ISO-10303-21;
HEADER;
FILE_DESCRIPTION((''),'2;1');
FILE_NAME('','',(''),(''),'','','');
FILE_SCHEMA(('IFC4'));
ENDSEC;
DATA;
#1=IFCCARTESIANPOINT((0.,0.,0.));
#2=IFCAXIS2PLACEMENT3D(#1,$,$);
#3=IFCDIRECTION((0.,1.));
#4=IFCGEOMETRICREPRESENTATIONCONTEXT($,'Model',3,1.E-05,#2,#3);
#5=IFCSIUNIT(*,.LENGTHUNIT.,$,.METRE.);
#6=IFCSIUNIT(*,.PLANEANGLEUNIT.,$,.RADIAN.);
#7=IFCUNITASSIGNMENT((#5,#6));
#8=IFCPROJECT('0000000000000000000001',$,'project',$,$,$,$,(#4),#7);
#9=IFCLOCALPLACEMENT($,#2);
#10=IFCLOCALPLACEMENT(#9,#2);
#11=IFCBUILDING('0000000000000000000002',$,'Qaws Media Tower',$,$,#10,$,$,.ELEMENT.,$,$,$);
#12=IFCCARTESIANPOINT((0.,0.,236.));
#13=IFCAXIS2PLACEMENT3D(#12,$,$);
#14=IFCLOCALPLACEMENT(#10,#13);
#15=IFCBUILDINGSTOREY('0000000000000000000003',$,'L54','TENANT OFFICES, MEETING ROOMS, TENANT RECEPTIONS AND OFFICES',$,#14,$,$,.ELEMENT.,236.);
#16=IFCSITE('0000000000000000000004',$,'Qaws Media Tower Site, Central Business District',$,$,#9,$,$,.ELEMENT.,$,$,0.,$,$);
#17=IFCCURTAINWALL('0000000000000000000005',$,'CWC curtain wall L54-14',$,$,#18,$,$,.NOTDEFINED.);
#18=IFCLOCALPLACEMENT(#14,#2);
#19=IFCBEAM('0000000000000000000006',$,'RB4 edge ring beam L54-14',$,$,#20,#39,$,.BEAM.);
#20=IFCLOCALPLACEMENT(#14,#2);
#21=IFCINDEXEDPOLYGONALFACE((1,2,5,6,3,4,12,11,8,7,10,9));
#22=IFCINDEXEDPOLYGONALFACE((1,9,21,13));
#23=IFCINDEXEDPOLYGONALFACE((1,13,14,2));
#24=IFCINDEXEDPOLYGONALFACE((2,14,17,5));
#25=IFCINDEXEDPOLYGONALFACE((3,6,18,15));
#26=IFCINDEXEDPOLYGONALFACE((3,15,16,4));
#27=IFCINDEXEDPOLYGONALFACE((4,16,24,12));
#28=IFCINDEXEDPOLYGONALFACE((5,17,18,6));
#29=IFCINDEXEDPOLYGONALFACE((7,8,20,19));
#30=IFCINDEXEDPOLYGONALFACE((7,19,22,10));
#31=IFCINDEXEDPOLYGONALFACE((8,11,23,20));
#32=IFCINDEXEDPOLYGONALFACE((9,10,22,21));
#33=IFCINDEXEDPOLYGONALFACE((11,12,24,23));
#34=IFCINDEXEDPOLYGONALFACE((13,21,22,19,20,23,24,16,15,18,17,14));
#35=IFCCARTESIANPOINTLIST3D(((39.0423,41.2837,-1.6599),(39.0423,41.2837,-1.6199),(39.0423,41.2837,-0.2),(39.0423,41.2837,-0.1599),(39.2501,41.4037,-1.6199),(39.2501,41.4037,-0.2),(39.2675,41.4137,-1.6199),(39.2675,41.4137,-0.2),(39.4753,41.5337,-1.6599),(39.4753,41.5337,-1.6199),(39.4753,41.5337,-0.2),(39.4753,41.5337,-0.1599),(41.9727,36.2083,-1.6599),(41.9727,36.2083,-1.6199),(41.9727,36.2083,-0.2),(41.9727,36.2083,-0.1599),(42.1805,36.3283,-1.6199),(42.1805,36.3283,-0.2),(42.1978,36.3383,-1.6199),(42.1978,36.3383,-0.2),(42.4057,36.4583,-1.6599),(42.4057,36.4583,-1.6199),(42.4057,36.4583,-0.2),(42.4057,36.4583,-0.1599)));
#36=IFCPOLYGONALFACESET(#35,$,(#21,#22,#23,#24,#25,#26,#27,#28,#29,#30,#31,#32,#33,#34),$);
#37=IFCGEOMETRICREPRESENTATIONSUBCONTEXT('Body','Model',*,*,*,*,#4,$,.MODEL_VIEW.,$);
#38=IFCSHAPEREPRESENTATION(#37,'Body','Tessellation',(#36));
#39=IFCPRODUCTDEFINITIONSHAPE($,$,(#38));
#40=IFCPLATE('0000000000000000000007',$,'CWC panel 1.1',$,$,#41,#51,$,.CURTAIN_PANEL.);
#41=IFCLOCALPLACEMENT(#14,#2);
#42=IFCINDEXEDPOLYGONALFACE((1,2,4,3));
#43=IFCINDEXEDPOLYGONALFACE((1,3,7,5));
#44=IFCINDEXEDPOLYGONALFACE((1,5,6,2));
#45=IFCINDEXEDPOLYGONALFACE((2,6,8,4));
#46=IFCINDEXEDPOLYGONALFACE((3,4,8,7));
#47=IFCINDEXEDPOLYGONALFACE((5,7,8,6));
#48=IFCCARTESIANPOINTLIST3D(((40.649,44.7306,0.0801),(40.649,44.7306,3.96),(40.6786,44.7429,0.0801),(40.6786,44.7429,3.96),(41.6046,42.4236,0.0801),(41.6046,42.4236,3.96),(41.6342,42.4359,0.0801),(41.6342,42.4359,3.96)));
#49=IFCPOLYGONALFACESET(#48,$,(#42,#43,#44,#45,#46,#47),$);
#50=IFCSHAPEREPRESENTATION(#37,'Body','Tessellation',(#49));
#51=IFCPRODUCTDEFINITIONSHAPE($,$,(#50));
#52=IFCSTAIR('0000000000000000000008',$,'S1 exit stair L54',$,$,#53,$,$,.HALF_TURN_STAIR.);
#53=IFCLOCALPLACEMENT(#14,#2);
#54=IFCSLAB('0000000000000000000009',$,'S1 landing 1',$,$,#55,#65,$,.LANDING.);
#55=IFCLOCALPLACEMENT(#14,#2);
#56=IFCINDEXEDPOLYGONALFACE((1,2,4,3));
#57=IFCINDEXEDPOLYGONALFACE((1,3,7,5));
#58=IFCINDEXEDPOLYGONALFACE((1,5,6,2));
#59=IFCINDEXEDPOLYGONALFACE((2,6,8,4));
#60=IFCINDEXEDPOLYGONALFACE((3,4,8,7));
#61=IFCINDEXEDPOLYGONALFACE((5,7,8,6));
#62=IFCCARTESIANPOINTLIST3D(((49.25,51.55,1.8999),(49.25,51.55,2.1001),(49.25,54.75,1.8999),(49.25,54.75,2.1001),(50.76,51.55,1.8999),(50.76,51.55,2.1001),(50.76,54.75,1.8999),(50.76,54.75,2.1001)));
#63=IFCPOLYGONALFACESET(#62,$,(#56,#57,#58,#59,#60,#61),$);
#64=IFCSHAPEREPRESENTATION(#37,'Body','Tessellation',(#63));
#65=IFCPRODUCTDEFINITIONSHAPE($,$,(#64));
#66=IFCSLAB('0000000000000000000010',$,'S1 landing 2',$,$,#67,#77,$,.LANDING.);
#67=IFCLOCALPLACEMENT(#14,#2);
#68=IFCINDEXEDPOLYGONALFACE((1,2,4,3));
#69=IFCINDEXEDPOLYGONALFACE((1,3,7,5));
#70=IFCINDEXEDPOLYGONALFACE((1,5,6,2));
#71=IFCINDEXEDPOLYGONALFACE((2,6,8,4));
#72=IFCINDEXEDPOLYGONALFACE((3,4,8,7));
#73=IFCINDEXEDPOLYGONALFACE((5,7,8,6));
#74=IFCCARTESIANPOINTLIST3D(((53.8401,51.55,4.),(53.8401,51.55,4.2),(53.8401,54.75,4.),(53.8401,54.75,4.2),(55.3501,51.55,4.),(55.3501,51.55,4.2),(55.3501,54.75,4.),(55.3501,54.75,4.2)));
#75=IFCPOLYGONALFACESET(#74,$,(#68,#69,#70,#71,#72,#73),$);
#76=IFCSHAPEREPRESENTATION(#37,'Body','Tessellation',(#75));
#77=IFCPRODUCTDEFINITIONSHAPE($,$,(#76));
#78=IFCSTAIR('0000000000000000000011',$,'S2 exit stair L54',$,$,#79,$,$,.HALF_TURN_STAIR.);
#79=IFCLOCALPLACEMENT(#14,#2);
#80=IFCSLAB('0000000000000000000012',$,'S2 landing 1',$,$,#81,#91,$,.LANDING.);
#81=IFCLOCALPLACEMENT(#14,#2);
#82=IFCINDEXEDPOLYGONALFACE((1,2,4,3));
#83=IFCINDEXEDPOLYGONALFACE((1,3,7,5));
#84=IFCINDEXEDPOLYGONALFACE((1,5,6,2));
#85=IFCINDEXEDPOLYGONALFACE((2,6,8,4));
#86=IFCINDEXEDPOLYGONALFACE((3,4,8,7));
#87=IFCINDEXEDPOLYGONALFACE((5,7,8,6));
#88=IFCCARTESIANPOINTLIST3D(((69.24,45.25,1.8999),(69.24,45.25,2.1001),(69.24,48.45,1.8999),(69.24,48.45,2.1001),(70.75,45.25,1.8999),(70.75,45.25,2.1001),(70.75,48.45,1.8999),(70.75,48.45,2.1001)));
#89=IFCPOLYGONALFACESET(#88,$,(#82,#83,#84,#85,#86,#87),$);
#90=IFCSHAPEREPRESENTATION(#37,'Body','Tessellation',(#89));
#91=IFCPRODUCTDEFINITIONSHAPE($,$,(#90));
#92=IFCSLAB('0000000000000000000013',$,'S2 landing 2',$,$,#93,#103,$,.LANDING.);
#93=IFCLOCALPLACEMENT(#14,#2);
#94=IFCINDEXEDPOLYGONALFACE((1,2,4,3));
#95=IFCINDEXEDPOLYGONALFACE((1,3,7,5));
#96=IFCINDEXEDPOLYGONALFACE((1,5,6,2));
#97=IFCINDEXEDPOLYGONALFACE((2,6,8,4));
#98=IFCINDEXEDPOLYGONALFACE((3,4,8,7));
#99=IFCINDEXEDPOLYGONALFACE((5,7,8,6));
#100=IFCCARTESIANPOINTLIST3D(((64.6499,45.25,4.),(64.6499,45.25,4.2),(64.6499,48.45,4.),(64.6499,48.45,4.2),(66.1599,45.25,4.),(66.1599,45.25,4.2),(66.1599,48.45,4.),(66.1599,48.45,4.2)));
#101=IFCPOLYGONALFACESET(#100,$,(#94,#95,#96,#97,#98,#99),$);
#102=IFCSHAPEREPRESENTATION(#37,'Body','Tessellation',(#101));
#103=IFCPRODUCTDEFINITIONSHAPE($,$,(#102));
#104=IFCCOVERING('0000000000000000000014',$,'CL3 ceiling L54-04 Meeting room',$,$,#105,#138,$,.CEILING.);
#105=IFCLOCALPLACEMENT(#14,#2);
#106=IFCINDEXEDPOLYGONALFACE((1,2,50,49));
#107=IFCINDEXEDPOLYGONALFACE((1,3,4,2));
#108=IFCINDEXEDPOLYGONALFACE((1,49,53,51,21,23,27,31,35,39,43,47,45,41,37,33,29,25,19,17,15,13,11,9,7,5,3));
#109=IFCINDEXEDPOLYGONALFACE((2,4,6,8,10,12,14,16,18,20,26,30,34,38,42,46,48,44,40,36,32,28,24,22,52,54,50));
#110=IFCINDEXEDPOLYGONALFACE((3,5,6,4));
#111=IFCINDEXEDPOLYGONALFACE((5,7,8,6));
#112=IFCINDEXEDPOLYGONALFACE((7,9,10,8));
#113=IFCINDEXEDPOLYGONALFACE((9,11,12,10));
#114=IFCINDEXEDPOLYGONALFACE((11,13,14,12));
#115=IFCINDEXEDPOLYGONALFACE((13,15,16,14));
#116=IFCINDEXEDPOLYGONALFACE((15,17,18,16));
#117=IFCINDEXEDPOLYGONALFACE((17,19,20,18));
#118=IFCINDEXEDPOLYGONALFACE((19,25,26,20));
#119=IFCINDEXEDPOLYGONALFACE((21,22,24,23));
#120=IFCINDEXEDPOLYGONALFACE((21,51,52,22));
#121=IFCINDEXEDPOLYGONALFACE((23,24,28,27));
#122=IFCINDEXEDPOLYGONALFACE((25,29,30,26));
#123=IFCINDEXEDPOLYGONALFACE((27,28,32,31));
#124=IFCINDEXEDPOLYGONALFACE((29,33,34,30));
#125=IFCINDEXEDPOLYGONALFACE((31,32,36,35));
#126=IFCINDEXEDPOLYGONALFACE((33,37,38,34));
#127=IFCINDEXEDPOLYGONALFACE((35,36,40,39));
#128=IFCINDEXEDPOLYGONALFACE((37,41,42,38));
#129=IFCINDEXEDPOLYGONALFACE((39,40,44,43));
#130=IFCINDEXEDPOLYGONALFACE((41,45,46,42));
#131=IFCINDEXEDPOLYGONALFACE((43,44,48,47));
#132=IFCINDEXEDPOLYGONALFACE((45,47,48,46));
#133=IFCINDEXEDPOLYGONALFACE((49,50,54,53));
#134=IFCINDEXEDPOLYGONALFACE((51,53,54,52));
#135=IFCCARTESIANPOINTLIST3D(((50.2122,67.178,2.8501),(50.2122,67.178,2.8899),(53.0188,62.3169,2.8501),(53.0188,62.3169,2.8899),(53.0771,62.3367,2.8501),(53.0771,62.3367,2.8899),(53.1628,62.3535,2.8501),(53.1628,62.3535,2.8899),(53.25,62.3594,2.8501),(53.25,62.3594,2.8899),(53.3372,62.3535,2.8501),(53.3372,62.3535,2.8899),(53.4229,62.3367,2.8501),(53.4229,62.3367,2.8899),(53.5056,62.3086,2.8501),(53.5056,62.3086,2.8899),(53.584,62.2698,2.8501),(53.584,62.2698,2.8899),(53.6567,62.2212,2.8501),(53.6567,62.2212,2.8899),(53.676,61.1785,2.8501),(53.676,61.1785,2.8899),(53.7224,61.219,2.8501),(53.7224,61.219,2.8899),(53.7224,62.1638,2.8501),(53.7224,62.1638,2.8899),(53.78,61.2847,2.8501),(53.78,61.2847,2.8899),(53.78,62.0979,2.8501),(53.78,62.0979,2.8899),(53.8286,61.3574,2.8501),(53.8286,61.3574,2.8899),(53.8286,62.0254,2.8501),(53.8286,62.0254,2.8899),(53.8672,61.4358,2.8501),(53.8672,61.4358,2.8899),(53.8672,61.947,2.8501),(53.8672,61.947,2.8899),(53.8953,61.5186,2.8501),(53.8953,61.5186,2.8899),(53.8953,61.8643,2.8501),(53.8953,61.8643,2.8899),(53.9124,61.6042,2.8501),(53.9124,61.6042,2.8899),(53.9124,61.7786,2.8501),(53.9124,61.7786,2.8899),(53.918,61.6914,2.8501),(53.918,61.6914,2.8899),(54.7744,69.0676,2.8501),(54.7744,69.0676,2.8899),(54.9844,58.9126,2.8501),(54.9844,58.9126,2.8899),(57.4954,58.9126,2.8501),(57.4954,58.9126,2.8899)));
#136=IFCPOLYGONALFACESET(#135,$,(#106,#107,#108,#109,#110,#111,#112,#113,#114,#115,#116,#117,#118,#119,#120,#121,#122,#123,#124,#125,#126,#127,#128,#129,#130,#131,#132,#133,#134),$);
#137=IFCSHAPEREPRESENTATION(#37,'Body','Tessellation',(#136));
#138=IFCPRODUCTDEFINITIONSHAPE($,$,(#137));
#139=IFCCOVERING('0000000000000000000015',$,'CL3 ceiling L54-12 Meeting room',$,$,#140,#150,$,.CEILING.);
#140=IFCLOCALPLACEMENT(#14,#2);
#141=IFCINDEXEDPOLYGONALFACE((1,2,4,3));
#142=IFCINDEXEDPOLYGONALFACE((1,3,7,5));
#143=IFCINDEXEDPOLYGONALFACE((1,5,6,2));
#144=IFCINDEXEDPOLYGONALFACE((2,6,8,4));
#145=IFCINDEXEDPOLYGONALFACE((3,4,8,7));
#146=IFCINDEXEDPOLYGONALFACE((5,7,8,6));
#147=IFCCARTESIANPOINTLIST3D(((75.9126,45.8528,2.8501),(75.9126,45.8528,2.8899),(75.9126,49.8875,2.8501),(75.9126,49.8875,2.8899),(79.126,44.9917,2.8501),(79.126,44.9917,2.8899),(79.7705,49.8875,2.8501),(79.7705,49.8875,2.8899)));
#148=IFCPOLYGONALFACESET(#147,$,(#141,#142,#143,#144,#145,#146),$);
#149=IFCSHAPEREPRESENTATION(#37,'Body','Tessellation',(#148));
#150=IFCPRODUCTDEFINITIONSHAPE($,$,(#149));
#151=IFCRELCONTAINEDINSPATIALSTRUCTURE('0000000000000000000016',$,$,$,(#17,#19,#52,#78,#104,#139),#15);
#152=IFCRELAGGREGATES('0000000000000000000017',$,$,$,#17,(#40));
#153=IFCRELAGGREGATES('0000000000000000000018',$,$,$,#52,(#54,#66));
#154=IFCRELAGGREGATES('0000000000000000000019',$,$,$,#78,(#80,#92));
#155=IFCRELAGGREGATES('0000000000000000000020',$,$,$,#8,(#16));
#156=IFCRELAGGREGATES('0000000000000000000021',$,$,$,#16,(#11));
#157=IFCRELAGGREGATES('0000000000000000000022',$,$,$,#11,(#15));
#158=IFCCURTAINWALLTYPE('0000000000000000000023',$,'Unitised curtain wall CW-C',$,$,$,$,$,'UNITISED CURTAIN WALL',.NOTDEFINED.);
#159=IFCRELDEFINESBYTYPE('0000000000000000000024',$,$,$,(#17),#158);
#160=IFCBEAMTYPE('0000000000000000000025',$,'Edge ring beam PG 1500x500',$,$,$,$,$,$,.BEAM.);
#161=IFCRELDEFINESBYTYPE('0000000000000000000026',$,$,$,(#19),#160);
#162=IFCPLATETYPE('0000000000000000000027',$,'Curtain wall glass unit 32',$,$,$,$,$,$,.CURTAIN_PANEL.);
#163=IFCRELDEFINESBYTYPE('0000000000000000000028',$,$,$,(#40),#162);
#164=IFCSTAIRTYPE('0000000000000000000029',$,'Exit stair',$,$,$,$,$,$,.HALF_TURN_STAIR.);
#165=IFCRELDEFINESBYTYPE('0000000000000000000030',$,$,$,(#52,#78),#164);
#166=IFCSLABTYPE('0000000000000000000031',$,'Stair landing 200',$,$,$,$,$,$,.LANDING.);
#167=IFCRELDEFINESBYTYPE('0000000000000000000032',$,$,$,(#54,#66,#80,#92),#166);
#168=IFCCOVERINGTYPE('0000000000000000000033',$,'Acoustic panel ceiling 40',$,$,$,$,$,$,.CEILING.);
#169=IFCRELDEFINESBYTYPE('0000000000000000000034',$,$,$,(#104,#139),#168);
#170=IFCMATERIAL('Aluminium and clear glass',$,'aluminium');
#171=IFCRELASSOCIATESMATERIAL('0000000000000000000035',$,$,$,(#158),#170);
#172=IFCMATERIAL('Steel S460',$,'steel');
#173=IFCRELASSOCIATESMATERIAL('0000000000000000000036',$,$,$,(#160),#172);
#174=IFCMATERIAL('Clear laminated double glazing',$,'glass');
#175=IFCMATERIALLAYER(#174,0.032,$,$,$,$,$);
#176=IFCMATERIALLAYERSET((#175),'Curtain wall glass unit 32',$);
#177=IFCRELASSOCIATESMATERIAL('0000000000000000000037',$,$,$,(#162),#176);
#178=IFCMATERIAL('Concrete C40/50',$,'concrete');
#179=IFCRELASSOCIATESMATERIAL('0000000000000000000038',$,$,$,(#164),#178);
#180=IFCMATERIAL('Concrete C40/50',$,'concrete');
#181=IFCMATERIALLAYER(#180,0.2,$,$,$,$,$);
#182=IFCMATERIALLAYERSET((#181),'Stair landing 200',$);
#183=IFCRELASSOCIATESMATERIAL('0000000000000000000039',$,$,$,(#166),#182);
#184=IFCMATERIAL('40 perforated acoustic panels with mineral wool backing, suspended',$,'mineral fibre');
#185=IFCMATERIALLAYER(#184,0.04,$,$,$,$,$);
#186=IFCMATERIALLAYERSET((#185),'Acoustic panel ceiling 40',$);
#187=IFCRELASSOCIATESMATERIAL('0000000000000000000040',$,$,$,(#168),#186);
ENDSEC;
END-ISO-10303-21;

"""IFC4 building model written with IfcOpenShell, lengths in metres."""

from ifc_helpers import new_model, si_unit, direction, frame, origin, origin_2d, place, context, subcontext, project, spatial, polyline, rectangle, i_section, outline, extrude, material, layer, layer_set, material_profile, profile_set, type_object, element, aggregate, save


model = new_model("IFC4")

# Units and contexts
model_context = context("Model", 3, precision=1e-05, world=origin(), true_north=direction((0.0, 1.0)))
body_context = subcontext(model_context, "Body", "Model", "MODEL_VIEW")
ifc_project = project(units=[si_unit("LENGTHUNIT", "METRE"), si_unit("PLANEANGLEUNIT", "RADIAN")], contexts=[model_context])

# Site, building, storey
site_placement = place(None, origin())
site = spatial("IfcSite", under=ifc_project, at=site_placement, Name="Qaws Media Tower Site, Central Business District", CompositionType="ELEMENT", RefElevation=0.0)
building_placement = place(site_placement, origin())
building = spatial("IfcBuilding", under=site, at=building_placement, Name="Qaws Media Tower", CompositionType="ELEMENT")
storey_placement = place(building_placement, frame((0.0, 0.0, 236.0)))
storey = spatial("IfcBuildingStorey", under=building, at=storey_placement, Name="L54", Description="TENANT OFFICES, MEETING ROOMS, TENANT RECEPTIONS AND OFFICES", CompositionType="ELEMENT", Elevation=236.0)

# Curtain wall
ifc_material_1 = material(Name="Aluminium and clear glass", Category="aluminium")
curtain_wall_type = type_object("IfcCurtainWallType", Name="Unitised curtain wall CW-C", ElementType="UNITISED CURTAIN WALL", PredefinedType="NOTDEFINED", material=ifc_material_1)
curtain_wall_placement = place(storey_placement, origin())
curtain_wall = element("IfcCurtainWall", 1, at=curtain_wall_placement, inside=storey, type_object=curtain_wall_type, Name="CWC curtain wall L54-14", PredefinedType="NOTDEFINED")

# Beam
ifc_material_2 = material(Name="Steel S460", Category="steel")
ifc_material_profile_1 = material_profile(ifc_material_2, i_section(OverallWidth=0.5, OverallDepth=1.5, WebThickness=0.02, FlangeThickness=0.04, at=origin_2d()), Name="PG 1500x500")
ifc_profile_set_1 = profile_set([ifc_material_profile_1], Name="Steel S460")
beam_type = type_object("IfcBeamType", Name="Edge ring beam PG 1500x500", PredefinedType="BEAM", material=ifc_profile_set_1)
beam_placement = place(storey_placement, frame((39.2588, 41.4087, -0.9099), z_axis=(0.500015, -0.866017, 0.0), x_axis=(0.866017, 0.500015, 0.0)))
element("IfcBeam", 2, at=beam_placement, inside=storey, type_object=beam_type, Name="RB4 edge ring beam L54-14", PredefinedType="BEAM", context=body_context, shape_type="SweptSolid", body=[
    extrude(i_section(OverallWidth=0.5, OverallDepth=1.5, WebThickness=0.02, FlangeThickness=0.04, at=origin_2d()), origin(), (0.0, 0.0, 1.0), 5.8606),
])

# Plate
ifc_material_3 = material(Name="Clear laminated double glazing", Category="glass")
ifc_layer_1 = layer(ifc_material_3, 0.032)
ifc_layer_set_1 = layer_set([ifc_layer_1], Name="Curtain wall glass unit 32")
plate_type = type_object("IfcPlateType", Name="Curtain wall glass unit 32", PredefinedType="CURTAIN_PANEL", material=ifc_layer_set_1)
plate_placement = place(storey_placement, frame((41.1416, 43.5833, 0.0801), z_axis=(0.0, 0.0, 1.0), x_axis=(0.382684, -0.923879, 0.0)))
plate = element("IfcPlate", 3, at=plate_placement, type_object=plate_type, Name="CWC panel 1.1", PredefinedType="CURTAIN_PANEL", context=body_context, shape_type="SweptSolid", body=[
    extrude(rectangle(XDim=2.4971, YDim=0.032, at=origin_2d()), origin(), (0.0, 0.0, 1.0), 3.8799),
])
aggregate(curtain_wall, [plate])

# Stairs, slabs
ifc_material_4 = material(Name="Concrete C40/50", Category="concrete")
stair_type = type_object("IfcStairType", Name="Exit stair", PredefinedType="HALF_TURN_STAIR", material=ifc_material_4)
stair_1_placement = place(storey_placement, origin())
stair_1 = element("IfcStair", 4, at=stair_1_placement, inside=storey, type_object=stair_type, Name="S1 exit stair L54", PredefinedType="HALF_TURN_STAIR")
ifc_material_5 = material(Name="Concrete C40/50", Category="concrete")
ifc_layer_2 = layer(ifc_material_5, 0.2)
ifc_layer_set_2 = layer_set([ifc_layer_2], Name="Stair landing 200")
slab_type = type_object("IfcSlabType", Name="Stair landing 200", PredefinedType="LANDING", material=ifc_layer_set_2)
slab_1_placement = place(storey_placement, frame((0.0, 0.0, 1.8999)))
slab_1 = element("IfcSlab", 5, at=slab_1_placement, type_object=slab_type, Name="S1 landing 1", PredefinedType="LANDING", context=body_context, shape_type="SweptSolid", body=[
    extrude(outline(polyline([(49.25, 51.55), (50.76, 51.55), (50.76, 54.75), (49.25, 54.75), (49.25, 51.55)])), origin(), (0.0, 0.0, 1.0), 0.2002),
])
slab_2_placement = place(storey_placement, frame((0.0, 0.0, 4.0)))
slab_2 = element("IfcSlab", 6, at=slab_2_placement, type_object=slab_type, Name="S1 landing 2", PredefinedType="LANDING", context=body_context, shape_type="SweptSolid", body=[
    extrude(outline(polyline([(53.8401, 51.55), (55.3501, 51.55), (55.3501, 54.75), (53.8401, 54.75), (53.8401, 51.55)])), origin(), (0.0, 0.0, 1.0), 0.2),
])
aggregate(stair_1, [slab_1, slab_2])
stair_2_placement = place(storey_placement, origin())
stair_2 = element("IfcStair", 7, at=stair_2_placement, inside=storey, type_object=stair_type, Name="S2 exit stair L54", PredefinedType="HALF_TURN_STAIR")
slab_3_placement = place(storey_placement, frame((0.0, 0.0, 1.8999)))
slab_3 = element("IfcSlab", 8, at=slab_3_placement, type_object=slab_type, Name="S2 landing 1", PredefinedType="LANDING", context=body_context, shape_type="SweptSolid", body=[
    extrude(outline(polyline([(69.24, 45.25), (70.75, 45.25), (70.75, 48.45), (69.24, 48.45), (69.24, 45.25)])), origin(), (0.0, 0.0, 1.0), 0.2002),
])
slab_4_placement = place(storey_placement, frame((0.0, 0.0, 4.0)))
slab_4 = element("IfcSlab", 9, at=slab_4_placement, type_object=slab_type, Name="S2 landing 2", PredefinedType="LANDING", context=body_context, shape_type="SweptSolid", body=[
    extrude(outline(polyline([(64.6499, 45.25), (66.1599, 45.25), (66.1599, 48.45), (64.6499, 48.45), (64.6499, 45.25)])), origin(), (0.0, 0.0, 1.0), 0.2),
])
aggregate(stair_2, [slab_3, slab_4])

# Coverings
ifc_material_6 = material(Name="40 perforated acoustic panels with mineral wool backing, suspended", Category="mineral fibre")
ifc_layer_3 = layer(ifc_material_6, 0.04)
ifc_layer_set_3 = layer_set([ifc_layer_3], Name="Acoustic panel ceiling 40")
covering_type_1 = type_object("IfcCoveringType", Name="Acoustic panel ceiling 40", PredefinedType="CEILING", material=ifc_layer_set_3)
covering_1_placement = place(storey_placement, frame((0.0, 0.0, 2.8501)))
element("IfcCovering", 10, at=covering_1_placement, inside=storey, type_object=covering_type_1, Name="CL3 ceiling L54-04 Meeting room", PredefinedType="CEILING", context=body_context, shape_type="SweptSolid", body=[
    extrude(outline(polyline([(54.7744, 69.0676), (57.4954, 58.9126), (54.9844, 58.9126), (53.676, 61.1785), (53.7224, 61.219), (53.78, 61.2847), (53.8286, 61.3574), (53.8672, 61.4358), (53.8953, 61.5186), (53.9124, 61.6042), (53.918, 61.6914), (53.9124, 61.7786), (53.8953, 61.8643), (53.8672, 61.947), (53.8286, 62.0254), (53.78, 62.0979), (53.7224, 62.1638), (53.6567, 62.2212), (53.584, 62.2698), (53.5056, 62.3086), (53.4229, 62.3367), (53.3372, 62.3535), (53.25, 62.3594), (53.1628, 62.3535), (53.0771, 62.3367), (53.0188, 62.3169), (50.2122, 67.178), (54.7744, 69.0676)])), origin(), (0.0, 0.0, 1.0), 0.0398),
])
covering_2_placement = place(storey_placement, frame((0.0, 0.0, 2.8501)))
element("IfcCovering", 11, at=covering_2_placement, inside=storey, type_object=covering_type_1, Name="CL3 ceiling L54-12 Meeting room", PredefinedType="CEILING", context=body_context, shape_type="SweptSolid", body=[
    extrude(outline(polyline([(79.126, 44.9917), (75.9126, 45.8528), (75.9126, 49.8875), (79.7705, 49.8875), (79.126, 44.9917)])), origin(), (0.0, 0.0, 1.0), 0.0398),
])

save(model, "model.ifc")
